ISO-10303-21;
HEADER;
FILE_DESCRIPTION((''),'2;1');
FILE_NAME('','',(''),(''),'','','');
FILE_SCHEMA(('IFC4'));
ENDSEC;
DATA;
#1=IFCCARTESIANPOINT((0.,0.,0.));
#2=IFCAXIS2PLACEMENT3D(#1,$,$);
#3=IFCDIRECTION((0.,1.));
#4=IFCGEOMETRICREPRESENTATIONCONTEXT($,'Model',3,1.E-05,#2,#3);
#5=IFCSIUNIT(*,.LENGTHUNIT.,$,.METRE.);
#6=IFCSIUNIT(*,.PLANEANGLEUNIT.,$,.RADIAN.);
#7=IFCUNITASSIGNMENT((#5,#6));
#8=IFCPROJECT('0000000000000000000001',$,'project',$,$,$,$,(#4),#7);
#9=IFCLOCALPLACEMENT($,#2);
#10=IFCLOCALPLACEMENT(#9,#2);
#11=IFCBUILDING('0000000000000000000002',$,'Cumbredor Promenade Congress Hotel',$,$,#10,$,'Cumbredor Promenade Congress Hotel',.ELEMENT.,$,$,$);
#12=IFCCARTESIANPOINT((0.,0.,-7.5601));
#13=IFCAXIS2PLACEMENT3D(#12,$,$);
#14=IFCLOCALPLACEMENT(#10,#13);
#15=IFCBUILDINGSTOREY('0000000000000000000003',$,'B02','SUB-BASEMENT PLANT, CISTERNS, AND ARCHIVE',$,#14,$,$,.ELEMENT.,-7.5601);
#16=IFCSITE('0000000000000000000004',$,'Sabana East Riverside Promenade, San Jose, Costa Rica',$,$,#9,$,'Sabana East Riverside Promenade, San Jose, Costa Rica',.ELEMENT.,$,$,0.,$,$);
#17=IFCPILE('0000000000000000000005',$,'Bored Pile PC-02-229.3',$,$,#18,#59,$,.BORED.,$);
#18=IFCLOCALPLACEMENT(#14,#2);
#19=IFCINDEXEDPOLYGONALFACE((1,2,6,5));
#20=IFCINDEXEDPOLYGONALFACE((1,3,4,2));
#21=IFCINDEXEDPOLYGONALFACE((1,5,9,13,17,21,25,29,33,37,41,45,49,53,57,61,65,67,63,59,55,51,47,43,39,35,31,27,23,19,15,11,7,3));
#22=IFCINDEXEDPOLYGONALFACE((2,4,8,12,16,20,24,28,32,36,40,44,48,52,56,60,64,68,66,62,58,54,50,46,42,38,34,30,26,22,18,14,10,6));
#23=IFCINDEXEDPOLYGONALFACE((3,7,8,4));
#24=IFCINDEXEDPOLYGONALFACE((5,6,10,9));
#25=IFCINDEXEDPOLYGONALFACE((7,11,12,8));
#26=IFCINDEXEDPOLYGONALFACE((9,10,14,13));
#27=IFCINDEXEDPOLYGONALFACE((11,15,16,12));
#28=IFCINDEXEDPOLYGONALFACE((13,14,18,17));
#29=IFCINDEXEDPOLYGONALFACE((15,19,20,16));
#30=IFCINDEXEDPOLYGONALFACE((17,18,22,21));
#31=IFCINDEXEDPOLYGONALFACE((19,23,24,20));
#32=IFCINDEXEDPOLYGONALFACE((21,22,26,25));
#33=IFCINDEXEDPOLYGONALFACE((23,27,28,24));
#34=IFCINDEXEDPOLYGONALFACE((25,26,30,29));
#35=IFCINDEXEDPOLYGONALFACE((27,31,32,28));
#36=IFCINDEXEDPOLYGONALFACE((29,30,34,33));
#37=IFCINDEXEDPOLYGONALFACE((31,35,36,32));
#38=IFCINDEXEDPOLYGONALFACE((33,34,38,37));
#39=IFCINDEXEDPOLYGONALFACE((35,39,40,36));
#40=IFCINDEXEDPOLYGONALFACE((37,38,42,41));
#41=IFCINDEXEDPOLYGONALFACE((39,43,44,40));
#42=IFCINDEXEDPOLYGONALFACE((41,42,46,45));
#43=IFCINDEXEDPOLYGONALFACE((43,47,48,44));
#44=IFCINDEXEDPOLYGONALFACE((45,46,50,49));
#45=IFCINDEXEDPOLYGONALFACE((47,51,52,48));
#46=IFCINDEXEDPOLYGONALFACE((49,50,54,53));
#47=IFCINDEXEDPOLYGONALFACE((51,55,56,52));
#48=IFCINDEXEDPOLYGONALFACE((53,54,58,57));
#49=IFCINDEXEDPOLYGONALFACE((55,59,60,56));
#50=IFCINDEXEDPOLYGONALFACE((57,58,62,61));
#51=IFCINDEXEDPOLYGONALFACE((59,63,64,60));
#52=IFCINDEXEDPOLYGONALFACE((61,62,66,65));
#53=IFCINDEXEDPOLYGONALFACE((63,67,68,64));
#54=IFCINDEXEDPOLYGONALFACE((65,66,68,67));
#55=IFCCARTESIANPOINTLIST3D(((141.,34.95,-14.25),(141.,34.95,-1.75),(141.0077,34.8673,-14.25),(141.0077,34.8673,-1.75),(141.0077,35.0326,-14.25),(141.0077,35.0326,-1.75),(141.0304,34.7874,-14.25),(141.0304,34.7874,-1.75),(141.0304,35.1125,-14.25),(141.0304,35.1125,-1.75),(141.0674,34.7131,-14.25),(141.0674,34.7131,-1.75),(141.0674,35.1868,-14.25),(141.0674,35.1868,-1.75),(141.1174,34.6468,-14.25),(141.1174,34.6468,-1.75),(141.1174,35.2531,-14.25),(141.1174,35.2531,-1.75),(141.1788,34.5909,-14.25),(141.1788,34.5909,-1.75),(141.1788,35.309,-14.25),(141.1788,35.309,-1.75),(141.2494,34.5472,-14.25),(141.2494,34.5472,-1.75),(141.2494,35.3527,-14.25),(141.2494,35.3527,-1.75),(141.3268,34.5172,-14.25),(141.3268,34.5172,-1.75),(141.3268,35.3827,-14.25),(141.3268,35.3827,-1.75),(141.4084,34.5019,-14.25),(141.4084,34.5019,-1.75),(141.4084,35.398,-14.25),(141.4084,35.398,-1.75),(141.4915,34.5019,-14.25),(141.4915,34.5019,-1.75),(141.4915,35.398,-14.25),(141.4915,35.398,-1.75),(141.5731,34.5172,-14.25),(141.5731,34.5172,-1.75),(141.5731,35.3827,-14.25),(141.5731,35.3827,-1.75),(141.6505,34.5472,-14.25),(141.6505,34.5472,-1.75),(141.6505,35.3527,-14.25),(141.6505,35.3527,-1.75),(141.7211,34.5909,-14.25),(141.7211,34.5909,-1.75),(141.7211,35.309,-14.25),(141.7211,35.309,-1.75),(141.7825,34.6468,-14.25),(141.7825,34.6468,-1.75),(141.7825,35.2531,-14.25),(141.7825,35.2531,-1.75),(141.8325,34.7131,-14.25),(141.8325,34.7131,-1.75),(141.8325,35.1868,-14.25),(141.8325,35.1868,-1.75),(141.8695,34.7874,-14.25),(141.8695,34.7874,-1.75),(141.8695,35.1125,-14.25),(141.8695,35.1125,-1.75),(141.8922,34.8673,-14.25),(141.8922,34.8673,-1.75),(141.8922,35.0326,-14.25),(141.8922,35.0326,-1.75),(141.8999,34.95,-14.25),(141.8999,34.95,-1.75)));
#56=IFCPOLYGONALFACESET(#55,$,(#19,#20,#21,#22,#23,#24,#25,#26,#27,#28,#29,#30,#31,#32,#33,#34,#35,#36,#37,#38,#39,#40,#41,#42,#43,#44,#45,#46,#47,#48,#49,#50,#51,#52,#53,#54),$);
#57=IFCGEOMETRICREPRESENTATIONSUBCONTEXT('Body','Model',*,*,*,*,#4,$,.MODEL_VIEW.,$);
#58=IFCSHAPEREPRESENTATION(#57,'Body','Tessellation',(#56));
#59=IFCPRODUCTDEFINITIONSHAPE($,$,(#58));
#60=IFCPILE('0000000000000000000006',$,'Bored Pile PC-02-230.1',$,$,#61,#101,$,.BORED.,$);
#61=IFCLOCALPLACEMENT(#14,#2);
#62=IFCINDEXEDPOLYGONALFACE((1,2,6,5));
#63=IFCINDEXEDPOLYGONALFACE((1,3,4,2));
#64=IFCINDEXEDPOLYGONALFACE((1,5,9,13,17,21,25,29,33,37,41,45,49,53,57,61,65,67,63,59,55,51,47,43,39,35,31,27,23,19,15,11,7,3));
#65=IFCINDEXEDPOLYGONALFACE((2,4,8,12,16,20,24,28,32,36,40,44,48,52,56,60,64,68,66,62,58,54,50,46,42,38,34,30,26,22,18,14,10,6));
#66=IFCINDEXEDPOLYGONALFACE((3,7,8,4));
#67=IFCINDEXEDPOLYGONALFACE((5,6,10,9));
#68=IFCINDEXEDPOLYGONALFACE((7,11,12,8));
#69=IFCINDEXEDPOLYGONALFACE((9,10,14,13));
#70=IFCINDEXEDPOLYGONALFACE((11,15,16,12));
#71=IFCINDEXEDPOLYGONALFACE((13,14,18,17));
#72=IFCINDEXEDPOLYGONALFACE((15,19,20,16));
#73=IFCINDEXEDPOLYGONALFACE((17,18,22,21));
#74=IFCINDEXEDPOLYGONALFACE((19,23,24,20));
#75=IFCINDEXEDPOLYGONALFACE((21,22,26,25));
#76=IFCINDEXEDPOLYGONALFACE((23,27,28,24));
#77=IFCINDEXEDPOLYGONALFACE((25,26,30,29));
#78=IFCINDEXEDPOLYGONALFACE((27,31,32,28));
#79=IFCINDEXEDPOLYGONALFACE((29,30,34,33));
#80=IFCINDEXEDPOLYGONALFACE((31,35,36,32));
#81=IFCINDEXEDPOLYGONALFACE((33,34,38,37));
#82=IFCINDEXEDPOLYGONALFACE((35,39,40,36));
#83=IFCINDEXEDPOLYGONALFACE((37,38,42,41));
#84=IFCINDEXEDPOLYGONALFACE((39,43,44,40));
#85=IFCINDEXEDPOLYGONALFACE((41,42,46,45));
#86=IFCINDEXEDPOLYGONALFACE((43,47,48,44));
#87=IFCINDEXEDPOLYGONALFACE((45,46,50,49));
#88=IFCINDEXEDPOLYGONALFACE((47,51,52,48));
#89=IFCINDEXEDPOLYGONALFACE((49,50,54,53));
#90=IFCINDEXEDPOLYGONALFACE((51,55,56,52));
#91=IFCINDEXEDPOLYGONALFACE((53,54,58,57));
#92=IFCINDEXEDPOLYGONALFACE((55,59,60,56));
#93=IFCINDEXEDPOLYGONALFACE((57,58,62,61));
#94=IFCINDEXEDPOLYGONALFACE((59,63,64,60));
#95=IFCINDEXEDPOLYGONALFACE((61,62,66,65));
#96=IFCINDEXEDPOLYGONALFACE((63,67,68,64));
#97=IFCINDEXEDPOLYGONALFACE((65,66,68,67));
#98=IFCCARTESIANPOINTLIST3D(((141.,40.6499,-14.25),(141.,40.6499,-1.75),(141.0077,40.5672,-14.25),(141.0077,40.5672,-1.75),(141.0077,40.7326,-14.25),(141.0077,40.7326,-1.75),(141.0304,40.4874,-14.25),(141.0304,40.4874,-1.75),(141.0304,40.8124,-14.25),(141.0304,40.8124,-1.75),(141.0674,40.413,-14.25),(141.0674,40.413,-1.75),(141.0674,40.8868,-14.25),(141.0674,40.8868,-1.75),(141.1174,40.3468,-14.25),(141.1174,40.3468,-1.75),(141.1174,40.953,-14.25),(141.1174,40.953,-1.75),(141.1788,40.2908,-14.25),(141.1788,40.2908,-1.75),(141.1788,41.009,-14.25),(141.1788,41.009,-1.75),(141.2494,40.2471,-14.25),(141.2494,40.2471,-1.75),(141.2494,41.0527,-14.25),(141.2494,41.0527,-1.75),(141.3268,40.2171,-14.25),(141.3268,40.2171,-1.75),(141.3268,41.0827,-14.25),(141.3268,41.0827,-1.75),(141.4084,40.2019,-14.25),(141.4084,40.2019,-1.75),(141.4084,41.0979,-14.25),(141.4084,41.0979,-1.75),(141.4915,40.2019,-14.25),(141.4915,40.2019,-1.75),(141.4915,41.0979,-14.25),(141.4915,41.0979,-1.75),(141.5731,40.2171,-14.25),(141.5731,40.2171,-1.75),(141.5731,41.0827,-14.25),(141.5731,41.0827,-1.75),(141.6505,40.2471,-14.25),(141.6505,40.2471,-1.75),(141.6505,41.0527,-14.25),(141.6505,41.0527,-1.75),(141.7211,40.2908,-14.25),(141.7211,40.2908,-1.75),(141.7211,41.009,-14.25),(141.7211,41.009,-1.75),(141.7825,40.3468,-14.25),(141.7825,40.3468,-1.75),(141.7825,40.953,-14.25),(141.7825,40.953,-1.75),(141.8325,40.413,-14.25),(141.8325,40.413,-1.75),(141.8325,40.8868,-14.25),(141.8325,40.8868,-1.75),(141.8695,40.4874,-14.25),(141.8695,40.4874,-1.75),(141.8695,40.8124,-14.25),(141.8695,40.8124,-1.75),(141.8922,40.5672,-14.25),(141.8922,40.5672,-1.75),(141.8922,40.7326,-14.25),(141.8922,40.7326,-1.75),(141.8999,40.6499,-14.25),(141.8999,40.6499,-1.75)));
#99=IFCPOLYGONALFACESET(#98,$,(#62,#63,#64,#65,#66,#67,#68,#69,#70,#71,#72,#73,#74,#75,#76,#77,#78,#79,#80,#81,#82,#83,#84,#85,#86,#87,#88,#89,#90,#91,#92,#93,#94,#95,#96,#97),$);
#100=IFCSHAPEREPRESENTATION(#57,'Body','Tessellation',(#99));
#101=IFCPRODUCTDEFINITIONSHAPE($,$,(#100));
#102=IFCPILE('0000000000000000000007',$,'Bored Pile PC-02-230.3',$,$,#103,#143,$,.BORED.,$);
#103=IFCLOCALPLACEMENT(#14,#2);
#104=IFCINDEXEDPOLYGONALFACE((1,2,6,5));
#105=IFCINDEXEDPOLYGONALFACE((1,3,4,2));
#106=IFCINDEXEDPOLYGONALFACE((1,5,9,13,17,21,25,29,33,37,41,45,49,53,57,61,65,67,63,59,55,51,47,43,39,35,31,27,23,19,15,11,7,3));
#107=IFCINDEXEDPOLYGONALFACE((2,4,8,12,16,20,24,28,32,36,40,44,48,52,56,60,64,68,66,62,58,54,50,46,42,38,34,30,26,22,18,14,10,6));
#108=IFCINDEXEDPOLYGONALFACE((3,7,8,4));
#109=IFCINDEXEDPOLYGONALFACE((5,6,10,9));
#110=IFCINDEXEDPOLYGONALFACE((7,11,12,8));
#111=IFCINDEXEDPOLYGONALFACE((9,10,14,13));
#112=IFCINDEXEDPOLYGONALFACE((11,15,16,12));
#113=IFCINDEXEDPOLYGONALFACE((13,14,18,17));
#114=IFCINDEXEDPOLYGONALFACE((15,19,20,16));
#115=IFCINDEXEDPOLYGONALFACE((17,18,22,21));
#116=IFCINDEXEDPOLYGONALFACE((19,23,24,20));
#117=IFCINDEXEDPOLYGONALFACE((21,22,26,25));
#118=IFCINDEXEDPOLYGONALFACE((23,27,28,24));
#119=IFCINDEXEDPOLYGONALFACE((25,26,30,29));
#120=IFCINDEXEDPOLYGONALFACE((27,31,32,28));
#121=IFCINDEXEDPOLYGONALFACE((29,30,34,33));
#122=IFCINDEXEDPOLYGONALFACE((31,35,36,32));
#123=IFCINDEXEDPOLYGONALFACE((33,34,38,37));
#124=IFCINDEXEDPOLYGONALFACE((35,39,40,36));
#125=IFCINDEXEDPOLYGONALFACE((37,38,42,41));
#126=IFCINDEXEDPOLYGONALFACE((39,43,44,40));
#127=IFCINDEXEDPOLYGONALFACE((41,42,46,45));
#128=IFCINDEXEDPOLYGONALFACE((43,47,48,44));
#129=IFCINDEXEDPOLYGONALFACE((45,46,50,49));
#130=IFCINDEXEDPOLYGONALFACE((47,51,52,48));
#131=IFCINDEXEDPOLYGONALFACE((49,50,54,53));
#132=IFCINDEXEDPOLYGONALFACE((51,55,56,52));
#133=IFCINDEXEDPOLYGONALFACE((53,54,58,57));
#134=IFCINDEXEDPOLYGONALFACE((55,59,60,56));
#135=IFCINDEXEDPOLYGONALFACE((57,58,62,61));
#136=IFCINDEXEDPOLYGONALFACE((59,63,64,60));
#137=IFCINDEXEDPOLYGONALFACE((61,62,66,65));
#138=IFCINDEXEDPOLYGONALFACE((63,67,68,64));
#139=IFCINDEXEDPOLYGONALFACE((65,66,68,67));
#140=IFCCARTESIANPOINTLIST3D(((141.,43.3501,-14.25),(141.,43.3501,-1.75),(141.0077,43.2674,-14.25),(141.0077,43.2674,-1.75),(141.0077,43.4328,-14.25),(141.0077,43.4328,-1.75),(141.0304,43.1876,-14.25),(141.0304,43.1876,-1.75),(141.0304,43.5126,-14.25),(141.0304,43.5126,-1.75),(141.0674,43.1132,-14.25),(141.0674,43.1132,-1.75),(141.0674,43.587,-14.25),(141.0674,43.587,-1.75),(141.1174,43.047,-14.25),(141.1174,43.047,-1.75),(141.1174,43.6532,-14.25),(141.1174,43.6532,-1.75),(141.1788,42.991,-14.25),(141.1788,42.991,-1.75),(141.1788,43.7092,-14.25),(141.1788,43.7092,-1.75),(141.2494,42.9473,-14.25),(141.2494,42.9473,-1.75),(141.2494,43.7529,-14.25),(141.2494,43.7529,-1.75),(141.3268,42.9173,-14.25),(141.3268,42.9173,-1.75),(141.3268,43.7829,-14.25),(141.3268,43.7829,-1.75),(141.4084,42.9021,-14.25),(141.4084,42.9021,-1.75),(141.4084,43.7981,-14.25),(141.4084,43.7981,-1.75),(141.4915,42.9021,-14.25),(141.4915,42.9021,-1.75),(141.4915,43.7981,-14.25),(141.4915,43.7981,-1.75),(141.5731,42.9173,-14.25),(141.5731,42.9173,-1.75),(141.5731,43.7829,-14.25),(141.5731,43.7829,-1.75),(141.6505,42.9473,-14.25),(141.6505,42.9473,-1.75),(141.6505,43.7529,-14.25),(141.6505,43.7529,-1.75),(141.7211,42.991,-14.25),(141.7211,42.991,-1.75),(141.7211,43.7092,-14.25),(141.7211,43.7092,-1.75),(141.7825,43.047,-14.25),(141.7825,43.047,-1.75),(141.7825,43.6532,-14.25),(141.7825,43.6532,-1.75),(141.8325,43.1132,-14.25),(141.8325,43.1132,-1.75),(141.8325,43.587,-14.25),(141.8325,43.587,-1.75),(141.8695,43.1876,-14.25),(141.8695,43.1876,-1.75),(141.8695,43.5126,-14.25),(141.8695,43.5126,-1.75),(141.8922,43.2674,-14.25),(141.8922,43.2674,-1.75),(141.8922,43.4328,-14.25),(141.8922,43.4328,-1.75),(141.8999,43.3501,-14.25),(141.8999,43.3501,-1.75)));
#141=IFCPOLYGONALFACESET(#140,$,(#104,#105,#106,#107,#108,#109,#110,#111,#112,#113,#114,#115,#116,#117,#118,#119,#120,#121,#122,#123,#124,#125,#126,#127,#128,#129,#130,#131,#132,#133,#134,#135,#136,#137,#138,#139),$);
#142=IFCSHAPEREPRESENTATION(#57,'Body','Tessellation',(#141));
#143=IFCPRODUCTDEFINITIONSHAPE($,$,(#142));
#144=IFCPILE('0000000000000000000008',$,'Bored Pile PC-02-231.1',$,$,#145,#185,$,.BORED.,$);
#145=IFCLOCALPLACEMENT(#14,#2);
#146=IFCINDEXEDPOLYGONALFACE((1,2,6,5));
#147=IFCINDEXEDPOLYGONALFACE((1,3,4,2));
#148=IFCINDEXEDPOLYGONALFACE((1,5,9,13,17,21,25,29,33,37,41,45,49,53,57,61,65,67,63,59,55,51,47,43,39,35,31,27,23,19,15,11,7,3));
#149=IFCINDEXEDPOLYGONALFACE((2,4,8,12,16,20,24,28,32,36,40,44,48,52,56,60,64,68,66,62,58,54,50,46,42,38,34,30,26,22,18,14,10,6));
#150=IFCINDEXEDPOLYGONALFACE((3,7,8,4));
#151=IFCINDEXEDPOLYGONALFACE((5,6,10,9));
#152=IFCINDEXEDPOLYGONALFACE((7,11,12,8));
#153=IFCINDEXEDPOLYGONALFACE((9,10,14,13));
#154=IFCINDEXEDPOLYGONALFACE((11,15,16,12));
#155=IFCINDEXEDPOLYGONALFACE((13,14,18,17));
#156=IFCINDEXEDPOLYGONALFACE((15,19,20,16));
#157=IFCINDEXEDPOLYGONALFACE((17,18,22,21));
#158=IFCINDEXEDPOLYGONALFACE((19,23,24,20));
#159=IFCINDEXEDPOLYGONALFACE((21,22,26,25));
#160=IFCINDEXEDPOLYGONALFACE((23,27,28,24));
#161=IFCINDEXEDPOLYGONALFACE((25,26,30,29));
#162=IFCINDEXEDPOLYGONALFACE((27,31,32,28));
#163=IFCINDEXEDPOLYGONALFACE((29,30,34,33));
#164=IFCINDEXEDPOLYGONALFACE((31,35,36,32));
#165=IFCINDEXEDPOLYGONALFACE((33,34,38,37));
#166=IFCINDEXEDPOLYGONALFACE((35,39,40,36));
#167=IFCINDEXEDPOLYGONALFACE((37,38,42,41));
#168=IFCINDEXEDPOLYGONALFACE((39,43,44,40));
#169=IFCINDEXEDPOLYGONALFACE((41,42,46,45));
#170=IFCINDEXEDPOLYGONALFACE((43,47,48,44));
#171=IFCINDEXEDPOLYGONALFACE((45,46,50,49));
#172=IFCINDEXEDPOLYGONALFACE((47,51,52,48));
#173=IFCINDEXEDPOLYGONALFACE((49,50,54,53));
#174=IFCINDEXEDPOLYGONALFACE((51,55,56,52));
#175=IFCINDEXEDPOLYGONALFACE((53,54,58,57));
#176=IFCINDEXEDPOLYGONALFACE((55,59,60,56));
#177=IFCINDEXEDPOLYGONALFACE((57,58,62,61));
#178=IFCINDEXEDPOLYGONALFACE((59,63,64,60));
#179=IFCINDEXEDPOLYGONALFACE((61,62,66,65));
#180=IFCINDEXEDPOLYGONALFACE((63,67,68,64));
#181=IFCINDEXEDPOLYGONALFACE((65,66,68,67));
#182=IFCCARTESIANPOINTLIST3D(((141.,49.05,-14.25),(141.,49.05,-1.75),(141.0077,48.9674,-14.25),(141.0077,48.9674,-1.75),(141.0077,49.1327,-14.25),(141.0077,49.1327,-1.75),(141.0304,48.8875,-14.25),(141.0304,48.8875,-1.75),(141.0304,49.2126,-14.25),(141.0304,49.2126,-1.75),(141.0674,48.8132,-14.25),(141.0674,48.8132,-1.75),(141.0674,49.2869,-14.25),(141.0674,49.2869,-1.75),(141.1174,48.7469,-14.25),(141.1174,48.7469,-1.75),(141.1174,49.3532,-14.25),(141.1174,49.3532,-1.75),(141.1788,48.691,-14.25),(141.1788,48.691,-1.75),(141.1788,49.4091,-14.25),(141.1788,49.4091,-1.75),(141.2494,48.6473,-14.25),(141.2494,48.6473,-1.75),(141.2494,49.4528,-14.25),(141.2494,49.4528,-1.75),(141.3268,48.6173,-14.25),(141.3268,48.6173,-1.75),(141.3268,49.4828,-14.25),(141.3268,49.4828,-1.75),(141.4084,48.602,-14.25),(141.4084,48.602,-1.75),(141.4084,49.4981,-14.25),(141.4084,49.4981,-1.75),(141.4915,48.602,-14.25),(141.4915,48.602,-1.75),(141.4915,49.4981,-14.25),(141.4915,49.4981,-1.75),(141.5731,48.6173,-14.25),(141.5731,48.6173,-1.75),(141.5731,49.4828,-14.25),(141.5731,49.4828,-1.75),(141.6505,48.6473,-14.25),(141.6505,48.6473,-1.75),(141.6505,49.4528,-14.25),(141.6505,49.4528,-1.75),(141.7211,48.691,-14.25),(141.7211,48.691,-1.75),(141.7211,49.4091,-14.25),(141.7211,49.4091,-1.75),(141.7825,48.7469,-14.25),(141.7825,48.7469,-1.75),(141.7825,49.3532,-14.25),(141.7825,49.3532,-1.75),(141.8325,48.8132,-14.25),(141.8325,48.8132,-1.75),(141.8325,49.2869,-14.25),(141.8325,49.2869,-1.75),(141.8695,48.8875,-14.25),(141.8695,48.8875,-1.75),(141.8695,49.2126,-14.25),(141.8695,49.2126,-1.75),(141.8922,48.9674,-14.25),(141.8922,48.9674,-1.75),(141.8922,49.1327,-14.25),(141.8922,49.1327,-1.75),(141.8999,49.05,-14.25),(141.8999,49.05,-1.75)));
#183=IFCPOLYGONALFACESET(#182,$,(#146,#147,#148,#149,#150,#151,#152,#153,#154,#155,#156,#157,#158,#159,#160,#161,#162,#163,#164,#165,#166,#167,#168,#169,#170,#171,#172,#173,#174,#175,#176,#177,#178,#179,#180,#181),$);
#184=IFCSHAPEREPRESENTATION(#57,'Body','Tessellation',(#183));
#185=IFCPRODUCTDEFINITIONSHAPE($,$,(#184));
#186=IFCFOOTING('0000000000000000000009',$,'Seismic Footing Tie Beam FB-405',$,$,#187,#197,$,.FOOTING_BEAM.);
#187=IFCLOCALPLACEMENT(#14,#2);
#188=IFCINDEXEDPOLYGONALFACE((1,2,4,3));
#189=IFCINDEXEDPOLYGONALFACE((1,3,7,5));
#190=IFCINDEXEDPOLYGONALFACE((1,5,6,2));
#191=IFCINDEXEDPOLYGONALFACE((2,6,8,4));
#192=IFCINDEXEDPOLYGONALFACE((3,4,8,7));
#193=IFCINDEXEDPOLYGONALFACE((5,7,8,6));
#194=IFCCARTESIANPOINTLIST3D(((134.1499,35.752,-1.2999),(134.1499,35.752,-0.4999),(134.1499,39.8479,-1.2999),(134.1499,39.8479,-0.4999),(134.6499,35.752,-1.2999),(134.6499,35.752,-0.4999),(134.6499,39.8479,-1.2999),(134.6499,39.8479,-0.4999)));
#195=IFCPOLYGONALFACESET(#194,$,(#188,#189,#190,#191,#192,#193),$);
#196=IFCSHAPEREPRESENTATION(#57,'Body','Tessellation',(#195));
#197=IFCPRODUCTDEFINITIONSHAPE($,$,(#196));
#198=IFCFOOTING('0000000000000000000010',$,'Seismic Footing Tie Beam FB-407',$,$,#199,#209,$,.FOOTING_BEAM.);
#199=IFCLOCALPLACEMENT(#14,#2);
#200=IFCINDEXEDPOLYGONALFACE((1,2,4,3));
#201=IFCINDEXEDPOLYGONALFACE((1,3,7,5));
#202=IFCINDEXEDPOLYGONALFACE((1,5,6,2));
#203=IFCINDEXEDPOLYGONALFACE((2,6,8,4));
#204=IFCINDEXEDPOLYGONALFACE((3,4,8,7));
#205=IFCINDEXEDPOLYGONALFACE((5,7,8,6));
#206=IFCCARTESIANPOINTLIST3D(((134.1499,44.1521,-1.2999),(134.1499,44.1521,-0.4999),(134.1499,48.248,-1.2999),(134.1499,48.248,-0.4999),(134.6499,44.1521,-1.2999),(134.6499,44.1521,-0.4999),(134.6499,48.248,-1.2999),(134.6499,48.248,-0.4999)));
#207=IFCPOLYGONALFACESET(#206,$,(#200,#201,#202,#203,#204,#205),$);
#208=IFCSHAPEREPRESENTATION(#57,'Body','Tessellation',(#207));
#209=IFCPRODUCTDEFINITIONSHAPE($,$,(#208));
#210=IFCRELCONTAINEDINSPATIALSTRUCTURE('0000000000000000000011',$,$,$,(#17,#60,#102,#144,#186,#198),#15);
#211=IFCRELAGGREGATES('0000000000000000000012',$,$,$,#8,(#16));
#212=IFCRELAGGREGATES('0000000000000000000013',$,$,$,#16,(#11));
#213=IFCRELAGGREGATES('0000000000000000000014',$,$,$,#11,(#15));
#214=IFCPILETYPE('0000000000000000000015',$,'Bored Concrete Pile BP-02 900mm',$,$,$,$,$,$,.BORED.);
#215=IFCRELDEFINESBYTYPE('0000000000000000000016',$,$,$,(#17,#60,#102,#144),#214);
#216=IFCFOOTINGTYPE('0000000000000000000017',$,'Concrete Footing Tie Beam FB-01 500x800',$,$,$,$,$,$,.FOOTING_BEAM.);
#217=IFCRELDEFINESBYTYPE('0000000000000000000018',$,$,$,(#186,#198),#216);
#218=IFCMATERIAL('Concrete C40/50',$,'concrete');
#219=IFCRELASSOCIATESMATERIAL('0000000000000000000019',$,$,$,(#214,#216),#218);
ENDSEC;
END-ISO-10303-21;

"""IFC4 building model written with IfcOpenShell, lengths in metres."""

from ifc_helpers import new_model, si_unit, direction, frame, origin, origin_2d, place, context, subcontext, project, spatial, rectangle, circle, extrude, material, material_profile, profile_set, type_object, element, save


model = new_model("IFC4")

# Units and contexts
model_context = context("Model", 3, precision=1e-05, world=origin(), true_north=direction((0.0, 1.0)))
body_context = subcontext(model_context, "Body", "Model", "MODEL_VIEW")
ifc_project = project(units=[si_unit("LENGTHUNIT", "METRE"), si_unit("PLANEANGLEUNIT", "RADIAN")], contexts=[model_context])

# Site, building, storey
site_placement = place(None, origin())
site = spatial("IfcSite", under=ifc_project, at=site_placement, Name="Sabana East Riverside Promenade, San Jose, Costa Rica", LongName="Sabana East Riverside Promenade, San Jose, Costa Rica", CompositionType="ELEMENT", RefElevation=0.0)
building_placement = place(site_placement, origin())
building = spatial("IfcBuilding", under=site, at=building_placement, Name="Cumbredor Promenade Congress Hotel", LongName="Cumbredor Promenade Congress Hotel", CompositionType="ELEMENT")
storey_placement = place(building_placement, frame((0.0, 0.0, -7.5601)))
storey = spatial("IfcBuildingStorey", under=building, at=storey_placement, Name="B02", Description="SUB-BASEMENT PLANT, CISTERNS, AND ARCHIVE", CompositionType="ELEMENT", Elevation=-7.5601)

# Piles
ifc_material_1 = material(Name="Concrete C40/50", Category="concrete")
ifc_material_profile_1 = material_profile(ifc_material_1, circle(Radius=0.45, at=origin_2d()), Name="PILE D900")
ifc_profile_set_1 = profile_set([ifc_material_profile_1], Name="Concrete C40/50")
pile_type = type_object("IfcPileType", Name="Bored Concrete Pile BP-02 900mm", PredefinedType="BORED", material=ifc_profile_set_1)
for number, where, z_axis, x_axis, name in (
    (1, (141.45, 34.95, -1.75), (0.0, 0.0, -1.0), (1.0, 0.0, 0.0), "Bored Pile PC-02-229.3"),
    (2, (141.45, 40.6499, -1.75), (0.0, 0.0, -1.0), (1.0, 0.0, 0.0), "Bored Pile PC-02-230.1"),
    (3, (141.45, 43.3501, -1.75), (0.0, 0.0, -1.0), (1.0, 0.0, 0.0), "Bored Pile PC-02-230.3"),
    (4, (141.45, 49.05, -1.75), (0.0, 0.0, -1.0), (1.0, 0.0, 0.0), "Bored Pile PC-02-231.1"),
):
    element("IfcPile", number, at=place(storey_placement, frame(where, z_axis=z_axis, x_axis=x_axis)), inside=storey, type_object=pile_type, Name=name, PredefinedType="BORED", context=body_context, shape_type="SweptSolid", body=[
        extrude(circle(Radius=0.45, at=origin_2d()), origin(), (0.0, 0.0, 1.0), 12.5),
    ])

# Footings
ifc_material_profile_2 = material_profile(ifc_material_1, rectangle(XDim=0.5, YDim=0.8, at=origin_2d()), Name="FB 500x800")
ifc_profile_set_2 = profile_set([ifc_material_profile_2], Name="Concrete C40/50")
footing_type_1 = type_object("IfcFootingType", Name="Concrete Footing Tie Beam FB-01 500x800", PredefinedType="FOOTING_BEAM", material=ifc_profile_set_2)
for number, where, z_axis, x_axis, name in (
    (5, (134.3999, 35.752, -0.8999), (0.0, 1.0, 0.0), (-1.0, 0.0, 0.0), "Seismic Footing Tie Beam FB-405"),
    (6, (134.3999, 44.1521, -0.8999), (0.0, 1.0, 0.0), (-1.0, 0.0, 0.0), "Seismic Footing Tie Beam FB-407"),
):
    element("IfcFooting", number, at=place(storey_placement, frame(where, z_axis=z_axis, x_axis=x_axis)), inside=storey, type_object=footing_type_1, Name=name, PredefinedType="FOOTING_BEAM", context=body_context, shape_type="SweptSolid", body=[
        extrude(rectangle(XDim=0.5, YDim=0.8, at=origin_2d()), origin(), (0.0, 0.0, 1.0), 4.0959),
    ])

save(model, "model.ifc")
